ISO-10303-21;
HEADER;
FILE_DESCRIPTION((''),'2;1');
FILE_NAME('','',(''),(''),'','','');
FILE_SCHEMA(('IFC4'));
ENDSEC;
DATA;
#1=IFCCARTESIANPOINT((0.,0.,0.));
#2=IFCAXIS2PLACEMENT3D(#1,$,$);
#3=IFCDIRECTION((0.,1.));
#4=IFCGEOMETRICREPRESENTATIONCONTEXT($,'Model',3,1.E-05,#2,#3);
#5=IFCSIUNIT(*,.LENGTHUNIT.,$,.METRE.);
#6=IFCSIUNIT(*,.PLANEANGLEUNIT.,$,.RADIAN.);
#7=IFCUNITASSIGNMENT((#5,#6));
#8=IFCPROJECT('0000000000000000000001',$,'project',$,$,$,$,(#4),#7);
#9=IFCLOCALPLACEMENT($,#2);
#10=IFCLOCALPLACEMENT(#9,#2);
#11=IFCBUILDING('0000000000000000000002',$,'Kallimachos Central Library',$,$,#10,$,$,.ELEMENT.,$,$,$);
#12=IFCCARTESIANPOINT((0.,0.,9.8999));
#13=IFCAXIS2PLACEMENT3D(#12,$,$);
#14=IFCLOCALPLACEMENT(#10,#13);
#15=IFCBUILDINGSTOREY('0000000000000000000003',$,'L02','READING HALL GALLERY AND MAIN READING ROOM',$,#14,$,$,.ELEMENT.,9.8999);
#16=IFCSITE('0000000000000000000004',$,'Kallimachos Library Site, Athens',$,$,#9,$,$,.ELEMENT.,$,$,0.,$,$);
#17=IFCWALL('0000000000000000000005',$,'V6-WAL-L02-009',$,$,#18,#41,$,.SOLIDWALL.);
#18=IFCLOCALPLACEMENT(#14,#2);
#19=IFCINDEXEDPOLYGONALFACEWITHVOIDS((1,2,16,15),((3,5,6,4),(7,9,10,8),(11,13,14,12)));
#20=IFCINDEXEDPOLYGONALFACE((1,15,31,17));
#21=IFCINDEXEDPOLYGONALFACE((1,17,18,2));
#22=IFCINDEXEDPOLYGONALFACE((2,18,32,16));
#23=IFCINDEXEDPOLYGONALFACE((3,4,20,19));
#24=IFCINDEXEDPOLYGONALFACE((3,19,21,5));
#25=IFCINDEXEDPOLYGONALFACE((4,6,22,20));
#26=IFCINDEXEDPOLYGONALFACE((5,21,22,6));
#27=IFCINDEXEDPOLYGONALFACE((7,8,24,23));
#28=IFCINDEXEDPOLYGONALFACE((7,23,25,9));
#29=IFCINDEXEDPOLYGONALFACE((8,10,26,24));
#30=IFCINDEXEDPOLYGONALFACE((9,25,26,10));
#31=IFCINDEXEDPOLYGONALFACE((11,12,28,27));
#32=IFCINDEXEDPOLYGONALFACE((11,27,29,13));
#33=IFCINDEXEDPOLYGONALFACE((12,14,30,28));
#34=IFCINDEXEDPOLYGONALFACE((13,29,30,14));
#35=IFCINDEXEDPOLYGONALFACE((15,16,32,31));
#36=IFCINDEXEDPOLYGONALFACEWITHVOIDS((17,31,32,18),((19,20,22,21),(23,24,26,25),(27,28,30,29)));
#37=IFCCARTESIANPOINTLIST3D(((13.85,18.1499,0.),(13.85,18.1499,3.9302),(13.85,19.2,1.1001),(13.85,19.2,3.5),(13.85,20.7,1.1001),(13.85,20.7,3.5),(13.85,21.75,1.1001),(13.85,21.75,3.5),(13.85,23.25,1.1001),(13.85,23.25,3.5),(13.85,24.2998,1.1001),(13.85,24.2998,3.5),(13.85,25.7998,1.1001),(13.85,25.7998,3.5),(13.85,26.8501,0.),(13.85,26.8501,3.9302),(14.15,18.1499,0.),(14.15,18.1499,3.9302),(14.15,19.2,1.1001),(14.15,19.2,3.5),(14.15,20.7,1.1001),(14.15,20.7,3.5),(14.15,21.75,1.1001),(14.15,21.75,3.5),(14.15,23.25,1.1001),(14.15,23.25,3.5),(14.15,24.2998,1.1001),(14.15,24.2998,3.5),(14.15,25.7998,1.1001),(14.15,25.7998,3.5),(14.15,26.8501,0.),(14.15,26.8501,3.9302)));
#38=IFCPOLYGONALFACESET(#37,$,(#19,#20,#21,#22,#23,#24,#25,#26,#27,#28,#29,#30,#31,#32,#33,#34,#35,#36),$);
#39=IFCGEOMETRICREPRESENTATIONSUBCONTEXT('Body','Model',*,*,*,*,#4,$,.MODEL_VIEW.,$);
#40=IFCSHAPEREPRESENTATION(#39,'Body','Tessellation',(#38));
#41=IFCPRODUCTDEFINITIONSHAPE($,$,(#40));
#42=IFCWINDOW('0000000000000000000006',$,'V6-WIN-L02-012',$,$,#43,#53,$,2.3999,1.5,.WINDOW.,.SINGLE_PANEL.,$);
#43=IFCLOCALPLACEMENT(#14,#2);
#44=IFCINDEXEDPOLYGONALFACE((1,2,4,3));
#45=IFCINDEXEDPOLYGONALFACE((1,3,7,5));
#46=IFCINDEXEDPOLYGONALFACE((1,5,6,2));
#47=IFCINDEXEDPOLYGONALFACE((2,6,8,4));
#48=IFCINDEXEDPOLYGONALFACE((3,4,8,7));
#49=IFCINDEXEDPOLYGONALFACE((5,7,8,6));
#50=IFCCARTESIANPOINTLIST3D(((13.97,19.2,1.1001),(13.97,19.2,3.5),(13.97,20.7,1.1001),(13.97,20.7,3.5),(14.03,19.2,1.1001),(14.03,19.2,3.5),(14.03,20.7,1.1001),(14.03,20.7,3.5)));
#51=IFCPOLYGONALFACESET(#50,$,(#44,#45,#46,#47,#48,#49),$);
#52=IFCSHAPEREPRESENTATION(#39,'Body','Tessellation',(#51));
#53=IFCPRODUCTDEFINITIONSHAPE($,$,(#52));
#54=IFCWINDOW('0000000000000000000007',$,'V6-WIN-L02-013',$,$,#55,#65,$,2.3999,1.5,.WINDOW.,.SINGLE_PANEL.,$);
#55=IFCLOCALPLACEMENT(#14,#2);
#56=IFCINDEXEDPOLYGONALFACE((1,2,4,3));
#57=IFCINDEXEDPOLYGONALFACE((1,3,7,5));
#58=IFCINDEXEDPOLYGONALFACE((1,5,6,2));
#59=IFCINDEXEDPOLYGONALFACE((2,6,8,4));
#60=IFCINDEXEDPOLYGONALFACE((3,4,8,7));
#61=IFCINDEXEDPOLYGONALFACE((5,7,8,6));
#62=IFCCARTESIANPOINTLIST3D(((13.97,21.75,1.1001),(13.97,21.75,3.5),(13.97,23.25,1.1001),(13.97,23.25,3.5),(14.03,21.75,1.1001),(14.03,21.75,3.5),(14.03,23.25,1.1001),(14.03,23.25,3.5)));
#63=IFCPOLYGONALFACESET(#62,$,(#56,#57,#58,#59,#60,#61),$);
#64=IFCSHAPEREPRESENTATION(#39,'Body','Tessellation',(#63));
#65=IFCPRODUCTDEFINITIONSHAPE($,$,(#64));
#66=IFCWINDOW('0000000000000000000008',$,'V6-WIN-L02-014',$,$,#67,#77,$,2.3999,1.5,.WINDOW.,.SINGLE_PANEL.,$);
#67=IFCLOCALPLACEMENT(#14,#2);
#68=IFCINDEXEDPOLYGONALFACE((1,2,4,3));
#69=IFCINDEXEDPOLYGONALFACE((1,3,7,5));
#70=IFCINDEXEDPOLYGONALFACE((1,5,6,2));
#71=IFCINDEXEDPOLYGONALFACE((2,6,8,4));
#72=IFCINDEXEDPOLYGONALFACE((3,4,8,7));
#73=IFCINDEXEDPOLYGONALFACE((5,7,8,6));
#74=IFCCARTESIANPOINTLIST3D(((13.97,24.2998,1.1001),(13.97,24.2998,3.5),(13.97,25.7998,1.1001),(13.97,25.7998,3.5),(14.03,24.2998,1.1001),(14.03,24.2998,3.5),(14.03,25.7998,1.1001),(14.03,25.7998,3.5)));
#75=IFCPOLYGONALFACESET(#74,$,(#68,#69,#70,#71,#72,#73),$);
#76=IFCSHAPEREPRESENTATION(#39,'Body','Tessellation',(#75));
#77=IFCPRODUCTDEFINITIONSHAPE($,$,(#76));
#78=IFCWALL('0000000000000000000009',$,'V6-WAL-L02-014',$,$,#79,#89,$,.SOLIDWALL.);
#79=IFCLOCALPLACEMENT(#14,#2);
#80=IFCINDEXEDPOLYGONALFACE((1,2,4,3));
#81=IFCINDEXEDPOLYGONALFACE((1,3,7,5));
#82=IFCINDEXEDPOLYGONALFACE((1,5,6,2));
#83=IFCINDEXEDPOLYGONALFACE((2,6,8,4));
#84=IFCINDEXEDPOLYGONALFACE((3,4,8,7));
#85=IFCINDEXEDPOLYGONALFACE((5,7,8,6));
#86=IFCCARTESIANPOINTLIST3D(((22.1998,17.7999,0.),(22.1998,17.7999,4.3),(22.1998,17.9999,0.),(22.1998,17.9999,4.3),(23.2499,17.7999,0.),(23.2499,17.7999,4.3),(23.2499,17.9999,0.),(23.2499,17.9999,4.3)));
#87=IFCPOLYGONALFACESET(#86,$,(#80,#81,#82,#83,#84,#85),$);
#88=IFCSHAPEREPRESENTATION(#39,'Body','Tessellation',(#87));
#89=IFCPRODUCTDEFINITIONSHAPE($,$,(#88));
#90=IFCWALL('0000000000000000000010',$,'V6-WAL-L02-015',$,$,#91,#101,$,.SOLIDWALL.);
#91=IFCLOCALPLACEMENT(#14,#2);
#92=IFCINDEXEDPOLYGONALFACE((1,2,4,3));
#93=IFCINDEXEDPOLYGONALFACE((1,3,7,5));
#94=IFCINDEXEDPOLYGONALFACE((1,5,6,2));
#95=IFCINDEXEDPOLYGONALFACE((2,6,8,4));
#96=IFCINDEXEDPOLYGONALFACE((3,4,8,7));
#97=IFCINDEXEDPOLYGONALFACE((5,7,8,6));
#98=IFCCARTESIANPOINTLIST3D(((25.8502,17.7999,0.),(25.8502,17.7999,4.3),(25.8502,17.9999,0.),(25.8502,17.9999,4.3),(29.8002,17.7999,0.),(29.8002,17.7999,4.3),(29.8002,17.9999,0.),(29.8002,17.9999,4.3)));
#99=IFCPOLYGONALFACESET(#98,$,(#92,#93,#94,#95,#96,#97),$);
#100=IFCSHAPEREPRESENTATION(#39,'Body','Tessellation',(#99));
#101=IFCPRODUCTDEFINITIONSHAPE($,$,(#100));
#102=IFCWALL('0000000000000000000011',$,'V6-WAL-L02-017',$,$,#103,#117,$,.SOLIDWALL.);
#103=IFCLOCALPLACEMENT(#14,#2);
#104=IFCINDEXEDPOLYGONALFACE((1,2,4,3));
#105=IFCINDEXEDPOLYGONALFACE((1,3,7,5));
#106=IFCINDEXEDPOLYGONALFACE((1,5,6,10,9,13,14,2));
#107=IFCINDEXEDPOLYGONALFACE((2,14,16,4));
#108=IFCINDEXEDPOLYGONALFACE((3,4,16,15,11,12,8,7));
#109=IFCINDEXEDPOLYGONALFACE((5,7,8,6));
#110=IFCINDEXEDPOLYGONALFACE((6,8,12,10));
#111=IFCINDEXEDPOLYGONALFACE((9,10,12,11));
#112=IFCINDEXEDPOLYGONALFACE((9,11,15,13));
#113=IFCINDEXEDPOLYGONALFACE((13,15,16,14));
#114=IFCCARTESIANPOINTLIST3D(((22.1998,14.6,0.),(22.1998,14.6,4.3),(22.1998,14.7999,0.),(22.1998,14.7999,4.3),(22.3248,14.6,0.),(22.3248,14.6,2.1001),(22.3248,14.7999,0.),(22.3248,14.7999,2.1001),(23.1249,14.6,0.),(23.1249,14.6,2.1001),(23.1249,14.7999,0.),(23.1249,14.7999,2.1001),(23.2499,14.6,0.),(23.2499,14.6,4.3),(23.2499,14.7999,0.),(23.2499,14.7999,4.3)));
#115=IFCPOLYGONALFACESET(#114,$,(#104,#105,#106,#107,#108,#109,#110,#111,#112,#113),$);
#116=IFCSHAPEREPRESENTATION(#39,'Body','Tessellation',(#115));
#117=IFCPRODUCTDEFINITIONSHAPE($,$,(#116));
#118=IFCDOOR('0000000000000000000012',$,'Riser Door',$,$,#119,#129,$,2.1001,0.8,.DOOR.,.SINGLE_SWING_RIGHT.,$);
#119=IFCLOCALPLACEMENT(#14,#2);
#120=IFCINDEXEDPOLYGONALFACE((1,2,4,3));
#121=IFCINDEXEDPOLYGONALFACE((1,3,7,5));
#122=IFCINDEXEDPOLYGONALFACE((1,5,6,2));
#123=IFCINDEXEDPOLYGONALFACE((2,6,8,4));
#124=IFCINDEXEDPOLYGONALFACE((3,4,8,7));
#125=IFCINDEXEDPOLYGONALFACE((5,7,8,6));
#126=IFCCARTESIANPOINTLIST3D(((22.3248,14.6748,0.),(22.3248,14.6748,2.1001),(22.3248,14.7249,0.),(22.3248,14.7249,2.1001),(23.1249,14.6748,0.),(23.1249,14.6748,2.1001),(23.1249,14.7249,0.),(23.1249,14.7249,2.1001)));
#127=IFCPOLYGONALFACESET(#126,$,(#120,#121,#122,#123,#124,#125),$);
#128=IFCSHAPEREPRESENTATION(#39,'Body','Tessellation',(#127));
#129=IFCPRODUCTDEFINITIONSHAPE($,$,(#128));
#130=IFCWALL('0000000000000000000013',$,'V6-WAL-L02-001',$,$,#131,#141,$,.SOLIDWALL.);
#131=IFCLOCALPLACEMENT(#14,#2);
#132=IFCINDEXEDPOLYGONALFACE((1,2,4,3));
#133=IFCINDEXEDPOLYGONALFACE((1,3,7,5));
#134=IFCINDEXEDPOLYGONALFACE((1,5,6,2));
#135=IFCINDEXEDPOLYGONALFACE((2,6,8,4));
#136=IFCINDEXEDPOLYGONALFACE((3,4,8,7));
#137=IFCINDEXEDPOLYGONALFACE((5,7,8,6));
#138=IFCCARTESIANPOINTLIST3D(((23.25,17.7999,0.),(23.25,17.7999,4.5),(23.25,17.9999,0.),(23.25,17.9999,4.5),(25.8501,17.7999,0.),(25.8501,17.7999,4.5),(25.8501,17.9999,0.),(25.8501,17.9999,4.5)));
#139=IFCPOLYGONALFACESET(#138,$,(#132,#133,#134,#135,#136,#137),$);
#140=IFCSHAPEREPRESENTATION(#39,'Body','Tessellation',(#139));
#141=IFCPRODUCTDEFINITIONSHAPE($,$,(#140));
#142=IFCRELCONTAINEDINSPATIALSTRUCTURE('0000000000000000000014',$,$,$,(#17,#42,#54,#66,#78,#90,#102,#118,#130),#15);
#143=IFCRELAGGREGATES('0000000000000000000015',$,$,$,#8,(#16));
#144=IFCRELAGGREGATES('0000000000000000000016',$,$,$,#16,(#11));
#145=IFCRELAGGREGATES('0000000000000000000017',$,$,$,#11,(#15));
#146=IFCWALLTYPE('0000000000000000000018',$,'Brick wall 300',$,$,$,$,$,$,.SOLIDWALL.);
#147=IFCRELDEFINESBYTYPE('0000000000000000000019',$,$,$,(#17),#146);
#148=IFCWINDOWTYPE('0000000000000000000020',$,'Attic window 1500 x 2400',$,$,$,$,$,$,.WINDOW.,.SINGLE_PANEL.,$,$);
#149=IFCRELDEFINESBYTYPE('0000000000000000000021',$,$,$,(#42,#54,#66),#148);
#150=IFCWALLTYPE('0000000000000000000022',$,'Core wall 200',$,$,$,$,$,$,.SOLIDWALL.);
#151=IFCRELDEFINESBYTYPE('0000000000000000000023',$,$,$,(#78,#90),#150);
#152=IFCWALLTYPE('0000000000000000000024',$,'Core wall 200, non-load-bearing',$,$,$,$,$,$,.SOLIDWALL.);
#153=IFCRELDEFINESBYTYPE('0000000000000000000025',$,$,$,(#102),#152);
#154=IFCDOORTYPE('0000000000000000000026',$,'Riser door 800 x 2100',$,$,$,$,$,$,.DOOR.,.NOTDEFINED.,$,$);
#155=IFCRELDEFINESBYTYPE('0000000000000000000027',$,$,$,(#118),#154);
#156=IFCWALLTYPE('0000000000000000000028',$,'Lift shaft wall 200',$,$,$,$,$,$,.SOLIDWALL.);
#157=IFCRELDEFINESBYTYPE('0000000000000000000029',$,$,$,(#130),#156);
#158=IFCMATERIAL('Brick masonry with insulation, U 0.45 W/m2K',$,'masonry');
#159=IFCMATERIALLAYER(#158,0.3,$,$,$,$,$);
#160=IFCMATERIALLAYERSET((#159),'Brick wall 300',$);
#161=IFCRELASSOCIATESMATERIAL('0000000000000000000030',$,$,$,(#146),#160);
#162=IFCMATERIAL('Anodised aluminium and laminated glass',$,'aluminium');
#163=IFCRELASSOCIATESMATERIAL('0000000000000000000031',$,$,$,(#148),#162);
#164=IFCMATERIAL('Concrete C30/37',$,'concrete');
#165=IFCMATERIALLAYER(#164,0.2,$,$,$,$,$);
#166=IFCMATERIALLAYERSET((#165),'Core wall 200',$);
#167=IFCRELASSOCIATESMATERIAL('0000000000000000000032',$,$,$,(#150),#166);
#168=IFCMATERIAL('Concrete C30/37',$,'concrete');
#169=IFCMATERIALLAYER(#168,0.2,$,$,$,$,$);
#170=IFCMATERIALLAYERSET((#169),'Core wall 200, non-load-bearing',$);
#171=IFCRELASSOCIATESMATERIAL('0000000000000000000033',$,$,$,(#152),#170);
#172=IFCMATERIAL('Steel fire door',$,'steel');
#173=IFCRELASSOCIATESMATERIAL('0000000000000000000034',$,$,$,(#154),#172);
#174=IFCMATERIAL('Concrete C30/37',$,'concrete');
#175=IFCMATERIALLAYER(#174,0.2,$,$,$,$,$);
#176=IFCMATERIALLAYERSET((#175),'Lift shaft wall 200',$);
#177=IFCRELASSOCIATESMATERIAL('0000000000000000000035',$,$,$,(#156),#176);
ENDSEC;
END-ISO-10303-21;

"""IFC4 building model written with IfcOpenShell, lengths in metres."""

from ifc_helpers import new_model, si_unit, direction, frame, frame_2d, origin, place, context, subcontext, project, spatial, rectangle, extrude, material, layer, layer_set, type_object, element, fill, save


model = new_model("IFC4")

# Units and contexts
model_context = context("Model", 3, precision=1e-05, world=origin(), true_north=direction((0.0, 1.0)))
body_context = subcontext(model_context, "Body", "Model", "MODEL_VIEW")
ifc_project = project(units=[si_unit("LENGTHUNIT", "METRE"), si_unit("PLANEANGLEUNIT", "RADIAN")], contexts=[model_context])

# Site, building, storey
site_placement = place(None, origin())
site = spatial("IfcSite", under=ifc_project, at=site_placement, Name="Kallimachos Library Site, Athens", CompositionType="ELEMENT", RefElevation=0.0)
building_placement = place(site_placement, origin())
building = spatial("IfcBuilding", under=site, at=building_placement, Name="Kallimachos Central Library", CompositionType="ELEMENT")
storey_placement = place(building_placement, frame((0.0, 0.0, 9.8999)))
storey = spatial("IfcBuildingStorey", under=building, at=storey_placement, Name="L02", Description="READING HALL GALLERY AND MAIN READING ROOM", CompositionType="ELEMENT", Elevation=9.8999)

# Wall, openings, windows
ifc_material_1 = material(Name="Brick masonry with insulation, U 0.45 W/m2K", Category="masonry")
ifc_layer_1 = layer(ifc_material_1, 0.3)
ifc_layer_set_1 = layer_set([ifc_layer_1], Name="Brick wall 300")
wall_type_1 = type_object("IfcWallType", Name="Brick wall 300", PredefinedType="SOLIDWALL", material=ifc_layer_set_1)
wall_1_placement = place(storey_placement, frame((14.0, 18.1499, 0.0), z_axis=(0.0, 0.0, 1.0), x_axis=(0.0, 1.0, 0.0)))
wall_1 = element("IfcWall", 1, at=wall_1_placement, inside=storey, type_object=wall_type_1, Name="V6-WAL-L02-009", PredefinedType="SOLIDWALL", context=body_context, shape_type="SweptSolid", body=[
    extrude(rectangle(XDim=8.7002, YDim=0.3, at=frame_2d((4.3501, 0.0))), origin(), (0.0, 0.0, 1.0), 3.9302),
])
opening_1_placement = place(wall_1_placement, frame((1.05, 0.0, 1.1001)))
opening_1 = element("IfcOpeningElement", 2, at=opening_1_placement, cuts=wall_1, PredefinedType="OPENING", context=body_context, shape_type="SweptSolid", body=[
    extrude(rectangle(XDim=1.5, YDim=2.3999, at=frame_2d((0.75, 1.2))), frame((0.0, 0.1599, 0.0), z_axis=(0.0, -1.0, 0.0), x_axis=(1.0, 0.0, 0.0)), (0.0, 0.0, 1.0), 0.3201),
])
opening_2_placement = place(wall_1_placement, frame((3.6001, 0.0, 1.1001)))
opening_2 = element("IfcOpeningElement", 3, at=opening_2_placement, cuts=wall_1, PredefinedType="OPENING", context=body_context, shape_type="SweptSolid", body=[
    extrude(rectangle(XDim=1.5, YDim=2.3999, at=frame_2d((0.75, 1.2))), frame((0.0, 0.1599, 0.0), z_axis=(0.0, -1.0, 0.0), x_axis=(1.0, 0.0, 0.0)), (0.0, 0.0, 1.0), 0.3201),
])
opening_3_placement = place(wall_1_placement, frame((6.1499, 0.0, 1.1001)))
opening_3 = element("IfcOpeningElement", 4, at=opening_3_placement, cuts=wall_1, PredefinedType="OPENING", context=body_context, shape_type="SweptSolid", body=[
    extrude(rectangle(XDim=1.5, YDim=2.3999, at=frame_2d((0.75, 1.2))), frame((0.0, 0.1599, 0.0), z_axis=(0.0, -1.0, 0.0), x_axis=(1.0, 0.0, 0.0)), (0.0, 0.0, 1.0), 0.3201),
])
ifc_material_2 = material(Name="Anodised aluminium and laminated glass", Category="aluminium")
window_type = type_object("IfcWindowType", Name="Attic window 1500 x 2400", PartitioningType="SINGLE_PANEL", PredefinedType="WINDOW", material=ifc_material_2)
window_1_placement = place(opening_1_placement, origin())
window_1 = element("IfcWindow", 5, at=window_1_placement, inside=storey, type_object=window_type, Name="V6-WIN-L02-012", OverallHeight=2.3999, OverallWidth=1.5, PartitioningType="SINGLE_PANEL", PredefinedType="WINDOW", context=body_context, shape_type="SweptSolid", body=[
    extrude(rectangle(XDim=1.5, YDim=2.3999, at=frame_2d((0.75, 1.2))), frame((0.0, 0.03, 0.0), z_axis=(0.0, -1.0, 0.0), x_axis=(1.0, 0.0, 0.0)), (0.0, 0.0, 1.0), 0.0601),
])
fill(opening_1, window_1)
window_2_placement = place(opening_2_placement, origin())
window_2 = element("IfcWindow", 6, at=window_2_placement, inside=storey, type_object=window_type, Name="V6-WIN-L02-013", OverallHeight=2.3999, OverallWidth=1.5, PartitioningType="SINGLE_PANEL", PredefinedType="WINDOW", context=body_context, shape_type="SweptSolid", body=[
    extrude(rectangle(XDim=1.5, YDim=2.3999, at=frame_2d((0.75, 1.2))), frame((0.0, 0.03, 0.0), z_axis=(0.0, -1.0, 0.0), x_axis=(1.0, 0.0, 0.0)), (0.0, 0.0, 1.0), 0.0601),
])
fill(opening_2, window_2)
window_3_placement = place(opening_3_placement, origin())
window_3 = element("IfcWindow", 7, at=window_3_placement, inside=storey, type_object=window_type, Name="V6-WIN-L02-014", OverallHeight=2.3999, OverallWidth=1.5, PartitioningType="SINGLE_PANEL", PredefinedType="WINDOW", context=body_context, shape_type="SweptSolid", body=[
    extrude(rectangle(XDim=1.5, YDim=2.3999, at=frame_2d((0.75, 1.2))), frame((0.0, 0.03, 0.0), z_axis=(0.0, -1.0, 0.0), x_axis=(1.0, 0.0, 0.0)), (0.0, 0.0, 1.0), 0.0601),
])
fill(opening_3, window_3)

# Walls
ifc_material_3 = material(Name="Concrete C30/37", Category="concrete")
ifc_layer_2 = layer(ifc_material_3, 0.2)
ifc_layer_set_2 = layer_set([ifc_layer_2], Name="Core wall 200")
wall_type_2 = type_object("IfcWallType", Name="Core wall 200", PredefinedType="SOLIDWALL", material=ifc_layer_set_2)
wall_2_placement = place(storey_placement, frame((22.2, 17.8999, 0.0), z_axis=(0.0, 0.0, 1.0), x_axis=(1.0, 0.0, 0.0)))
element("IfcWall", 8, at=wall_2_placement, inside=storey, type_object=wall_type_2, Name="V6-WAL-L02-014", PredefinedType="SOLIDWALL", context=body_context, shape_type="SweptSolid", body=[
    extrude(rectangle(XDim=1.05, YDim=0.2, at=frame_2d((0.5249, 0.0))), origin(), (0.0, 0.0, 1.0), 4.3),
])
wall_3_placement = place(storey_placement, frame((25.8501, 17.8999, 0.0), z_axis=(0.0, 0.0, 1.0), x_axis=(1.0, 0.0, 0.0)))
element("IfcWall", 9, at=wall_3_placement, inside=storey, type_object=wall_type_2, Name="V6-WAL-L02-015", PredefinedType="SOLIDWALL", context=body_context, shape_type="SweptSolid", body=[
    extrude(rectangle(XDim=3.95, YDim=0.2, at=frame_2d((1.9751, 0.0))), origin(), (0.0, 0.0, 1.0), 4.3),
])

# Wall, opening, door
ifc_material_4 = material(Name="Concrete C30/37", Category="concrete")
ifc_layer_3 = layer(ifc_material_4, 0.2)
ifc_layer_set_3 = layer_set([ifc_layer_3], Name="Core wall 200, non-load-bearing")
wall_type_3 = type_object("IfcWallType", Name="Core wall 200, non-load-bearing", PredefinedType="SOLIDWALL", material=ifc_layer_set_3)
wall_4_placement = place(storey_placement, frame((22.2, 14.7, 0.0), z_axis=(0.0, 0.0, 1.0), x_axis=(1.0, 0.0, 0.0)))
wall_4 = element("IfcWall", 10, at=wall_4_placement, inside=storey, type_object=wall_type_3, Name="V6-WAL-L02-017", PredefinedType="SOLIDWALL", context=body_context, shape_type="SweptSolid", body=[
    extrude(rectangle(XDim=1.05, YDim=0.2, at=frame_2d((0.5249, 0.0))), origin(), (0.0, 0.0, 1.0), 4.3),
])
opening_4_placement = place(wall_4_placement, frame((0.125, 0.0, 0.0)))
opening_4 = element("IfcOpeningElement", 11, at=opening_4_placement, cuts=wall_4, PredefinedType="OPENING", context=body_context, shape_type="SweptSolid", body=[
    extrude(rectangle(XDim=0.8, YDim=2.1001, at=frame_2d((0.3999, 1.05))), frame((0.0, 0.1099, 0.0), z_axis=(0.0, -1.0, 0.0), x_axis=(1.0, 0.0, 0.0)), (0.0, 0.0, 1.0), 0.22),
])
ifc_material_5 = material(Name="Steel fire door", Category="steel")
door_type_1 = type_object("IfcDoorType", Name="Riser door 800 x 2100", OperationType="NOTDEFINED", PredefinedType="DOOR", material=ifc_material_5)
door_1_placement = place(opening_4_placement, origin())
door_1 = element("IfcDoor", 12, at=door_1_placement, inside=storey, type_object=door_type_1, Name="Riser Door", OperationType="SINGLE_SWING_RIGHT", OverallHeight=2.1001, OverallWidth=0.8, PredefinedType="DOOR", context=body_context, shape_type="SweptSolid", body=[
    extrude(rectangle(XDim=0.8, YDim=2.1001, at=frame_2d((0.3999, 1.05))), frame((0.0, 0.0249, 0.0), z_axis=(0.0, -1.0, 0.0), x_axis=(1.0, 0.0, 0.0)), (0.0, 0.0, 1.0), 0.05),
])
fill(opening_4, door_1)

# Wall
ifc_material_6 = material(Name="Concrete C30/37", Category="concrete")
ifc_layer_4 = layer(ifc_material_6, 0.2)
ifc_layer_set_4 = layer_set([ifc_layer_4], Name="Lift shaft wall 200")
wall_type_4 = type_object("IfcWallType", Name="Lift shaft wall 200", PredefinedType="SOLIDWALL", material=ifc_layer_set_4)
wall_5_placement = place(storey_placement, frame((23.25, 17.8999, 0.0), z_axis=(0.0, 0.0, 1.0), x_axis=(1.0, 0.0, 0.0)))
element("IfcWall", 13, at=wall_5_placement, inside=storey, type_object=wall_type_4, Name="V6-WAL-L02-001", PredefinedType="SOLIDWALL", context=body_context, shape_type="SweptSolid", body=[
    extrude(rectangle(XDim=2.6001, YDim=0.2, at=frame_2d((1.3, 0.0))), origin(), (0.0, 0.0, 1.0), 4.5),
])

save(model, "model.ifc")
